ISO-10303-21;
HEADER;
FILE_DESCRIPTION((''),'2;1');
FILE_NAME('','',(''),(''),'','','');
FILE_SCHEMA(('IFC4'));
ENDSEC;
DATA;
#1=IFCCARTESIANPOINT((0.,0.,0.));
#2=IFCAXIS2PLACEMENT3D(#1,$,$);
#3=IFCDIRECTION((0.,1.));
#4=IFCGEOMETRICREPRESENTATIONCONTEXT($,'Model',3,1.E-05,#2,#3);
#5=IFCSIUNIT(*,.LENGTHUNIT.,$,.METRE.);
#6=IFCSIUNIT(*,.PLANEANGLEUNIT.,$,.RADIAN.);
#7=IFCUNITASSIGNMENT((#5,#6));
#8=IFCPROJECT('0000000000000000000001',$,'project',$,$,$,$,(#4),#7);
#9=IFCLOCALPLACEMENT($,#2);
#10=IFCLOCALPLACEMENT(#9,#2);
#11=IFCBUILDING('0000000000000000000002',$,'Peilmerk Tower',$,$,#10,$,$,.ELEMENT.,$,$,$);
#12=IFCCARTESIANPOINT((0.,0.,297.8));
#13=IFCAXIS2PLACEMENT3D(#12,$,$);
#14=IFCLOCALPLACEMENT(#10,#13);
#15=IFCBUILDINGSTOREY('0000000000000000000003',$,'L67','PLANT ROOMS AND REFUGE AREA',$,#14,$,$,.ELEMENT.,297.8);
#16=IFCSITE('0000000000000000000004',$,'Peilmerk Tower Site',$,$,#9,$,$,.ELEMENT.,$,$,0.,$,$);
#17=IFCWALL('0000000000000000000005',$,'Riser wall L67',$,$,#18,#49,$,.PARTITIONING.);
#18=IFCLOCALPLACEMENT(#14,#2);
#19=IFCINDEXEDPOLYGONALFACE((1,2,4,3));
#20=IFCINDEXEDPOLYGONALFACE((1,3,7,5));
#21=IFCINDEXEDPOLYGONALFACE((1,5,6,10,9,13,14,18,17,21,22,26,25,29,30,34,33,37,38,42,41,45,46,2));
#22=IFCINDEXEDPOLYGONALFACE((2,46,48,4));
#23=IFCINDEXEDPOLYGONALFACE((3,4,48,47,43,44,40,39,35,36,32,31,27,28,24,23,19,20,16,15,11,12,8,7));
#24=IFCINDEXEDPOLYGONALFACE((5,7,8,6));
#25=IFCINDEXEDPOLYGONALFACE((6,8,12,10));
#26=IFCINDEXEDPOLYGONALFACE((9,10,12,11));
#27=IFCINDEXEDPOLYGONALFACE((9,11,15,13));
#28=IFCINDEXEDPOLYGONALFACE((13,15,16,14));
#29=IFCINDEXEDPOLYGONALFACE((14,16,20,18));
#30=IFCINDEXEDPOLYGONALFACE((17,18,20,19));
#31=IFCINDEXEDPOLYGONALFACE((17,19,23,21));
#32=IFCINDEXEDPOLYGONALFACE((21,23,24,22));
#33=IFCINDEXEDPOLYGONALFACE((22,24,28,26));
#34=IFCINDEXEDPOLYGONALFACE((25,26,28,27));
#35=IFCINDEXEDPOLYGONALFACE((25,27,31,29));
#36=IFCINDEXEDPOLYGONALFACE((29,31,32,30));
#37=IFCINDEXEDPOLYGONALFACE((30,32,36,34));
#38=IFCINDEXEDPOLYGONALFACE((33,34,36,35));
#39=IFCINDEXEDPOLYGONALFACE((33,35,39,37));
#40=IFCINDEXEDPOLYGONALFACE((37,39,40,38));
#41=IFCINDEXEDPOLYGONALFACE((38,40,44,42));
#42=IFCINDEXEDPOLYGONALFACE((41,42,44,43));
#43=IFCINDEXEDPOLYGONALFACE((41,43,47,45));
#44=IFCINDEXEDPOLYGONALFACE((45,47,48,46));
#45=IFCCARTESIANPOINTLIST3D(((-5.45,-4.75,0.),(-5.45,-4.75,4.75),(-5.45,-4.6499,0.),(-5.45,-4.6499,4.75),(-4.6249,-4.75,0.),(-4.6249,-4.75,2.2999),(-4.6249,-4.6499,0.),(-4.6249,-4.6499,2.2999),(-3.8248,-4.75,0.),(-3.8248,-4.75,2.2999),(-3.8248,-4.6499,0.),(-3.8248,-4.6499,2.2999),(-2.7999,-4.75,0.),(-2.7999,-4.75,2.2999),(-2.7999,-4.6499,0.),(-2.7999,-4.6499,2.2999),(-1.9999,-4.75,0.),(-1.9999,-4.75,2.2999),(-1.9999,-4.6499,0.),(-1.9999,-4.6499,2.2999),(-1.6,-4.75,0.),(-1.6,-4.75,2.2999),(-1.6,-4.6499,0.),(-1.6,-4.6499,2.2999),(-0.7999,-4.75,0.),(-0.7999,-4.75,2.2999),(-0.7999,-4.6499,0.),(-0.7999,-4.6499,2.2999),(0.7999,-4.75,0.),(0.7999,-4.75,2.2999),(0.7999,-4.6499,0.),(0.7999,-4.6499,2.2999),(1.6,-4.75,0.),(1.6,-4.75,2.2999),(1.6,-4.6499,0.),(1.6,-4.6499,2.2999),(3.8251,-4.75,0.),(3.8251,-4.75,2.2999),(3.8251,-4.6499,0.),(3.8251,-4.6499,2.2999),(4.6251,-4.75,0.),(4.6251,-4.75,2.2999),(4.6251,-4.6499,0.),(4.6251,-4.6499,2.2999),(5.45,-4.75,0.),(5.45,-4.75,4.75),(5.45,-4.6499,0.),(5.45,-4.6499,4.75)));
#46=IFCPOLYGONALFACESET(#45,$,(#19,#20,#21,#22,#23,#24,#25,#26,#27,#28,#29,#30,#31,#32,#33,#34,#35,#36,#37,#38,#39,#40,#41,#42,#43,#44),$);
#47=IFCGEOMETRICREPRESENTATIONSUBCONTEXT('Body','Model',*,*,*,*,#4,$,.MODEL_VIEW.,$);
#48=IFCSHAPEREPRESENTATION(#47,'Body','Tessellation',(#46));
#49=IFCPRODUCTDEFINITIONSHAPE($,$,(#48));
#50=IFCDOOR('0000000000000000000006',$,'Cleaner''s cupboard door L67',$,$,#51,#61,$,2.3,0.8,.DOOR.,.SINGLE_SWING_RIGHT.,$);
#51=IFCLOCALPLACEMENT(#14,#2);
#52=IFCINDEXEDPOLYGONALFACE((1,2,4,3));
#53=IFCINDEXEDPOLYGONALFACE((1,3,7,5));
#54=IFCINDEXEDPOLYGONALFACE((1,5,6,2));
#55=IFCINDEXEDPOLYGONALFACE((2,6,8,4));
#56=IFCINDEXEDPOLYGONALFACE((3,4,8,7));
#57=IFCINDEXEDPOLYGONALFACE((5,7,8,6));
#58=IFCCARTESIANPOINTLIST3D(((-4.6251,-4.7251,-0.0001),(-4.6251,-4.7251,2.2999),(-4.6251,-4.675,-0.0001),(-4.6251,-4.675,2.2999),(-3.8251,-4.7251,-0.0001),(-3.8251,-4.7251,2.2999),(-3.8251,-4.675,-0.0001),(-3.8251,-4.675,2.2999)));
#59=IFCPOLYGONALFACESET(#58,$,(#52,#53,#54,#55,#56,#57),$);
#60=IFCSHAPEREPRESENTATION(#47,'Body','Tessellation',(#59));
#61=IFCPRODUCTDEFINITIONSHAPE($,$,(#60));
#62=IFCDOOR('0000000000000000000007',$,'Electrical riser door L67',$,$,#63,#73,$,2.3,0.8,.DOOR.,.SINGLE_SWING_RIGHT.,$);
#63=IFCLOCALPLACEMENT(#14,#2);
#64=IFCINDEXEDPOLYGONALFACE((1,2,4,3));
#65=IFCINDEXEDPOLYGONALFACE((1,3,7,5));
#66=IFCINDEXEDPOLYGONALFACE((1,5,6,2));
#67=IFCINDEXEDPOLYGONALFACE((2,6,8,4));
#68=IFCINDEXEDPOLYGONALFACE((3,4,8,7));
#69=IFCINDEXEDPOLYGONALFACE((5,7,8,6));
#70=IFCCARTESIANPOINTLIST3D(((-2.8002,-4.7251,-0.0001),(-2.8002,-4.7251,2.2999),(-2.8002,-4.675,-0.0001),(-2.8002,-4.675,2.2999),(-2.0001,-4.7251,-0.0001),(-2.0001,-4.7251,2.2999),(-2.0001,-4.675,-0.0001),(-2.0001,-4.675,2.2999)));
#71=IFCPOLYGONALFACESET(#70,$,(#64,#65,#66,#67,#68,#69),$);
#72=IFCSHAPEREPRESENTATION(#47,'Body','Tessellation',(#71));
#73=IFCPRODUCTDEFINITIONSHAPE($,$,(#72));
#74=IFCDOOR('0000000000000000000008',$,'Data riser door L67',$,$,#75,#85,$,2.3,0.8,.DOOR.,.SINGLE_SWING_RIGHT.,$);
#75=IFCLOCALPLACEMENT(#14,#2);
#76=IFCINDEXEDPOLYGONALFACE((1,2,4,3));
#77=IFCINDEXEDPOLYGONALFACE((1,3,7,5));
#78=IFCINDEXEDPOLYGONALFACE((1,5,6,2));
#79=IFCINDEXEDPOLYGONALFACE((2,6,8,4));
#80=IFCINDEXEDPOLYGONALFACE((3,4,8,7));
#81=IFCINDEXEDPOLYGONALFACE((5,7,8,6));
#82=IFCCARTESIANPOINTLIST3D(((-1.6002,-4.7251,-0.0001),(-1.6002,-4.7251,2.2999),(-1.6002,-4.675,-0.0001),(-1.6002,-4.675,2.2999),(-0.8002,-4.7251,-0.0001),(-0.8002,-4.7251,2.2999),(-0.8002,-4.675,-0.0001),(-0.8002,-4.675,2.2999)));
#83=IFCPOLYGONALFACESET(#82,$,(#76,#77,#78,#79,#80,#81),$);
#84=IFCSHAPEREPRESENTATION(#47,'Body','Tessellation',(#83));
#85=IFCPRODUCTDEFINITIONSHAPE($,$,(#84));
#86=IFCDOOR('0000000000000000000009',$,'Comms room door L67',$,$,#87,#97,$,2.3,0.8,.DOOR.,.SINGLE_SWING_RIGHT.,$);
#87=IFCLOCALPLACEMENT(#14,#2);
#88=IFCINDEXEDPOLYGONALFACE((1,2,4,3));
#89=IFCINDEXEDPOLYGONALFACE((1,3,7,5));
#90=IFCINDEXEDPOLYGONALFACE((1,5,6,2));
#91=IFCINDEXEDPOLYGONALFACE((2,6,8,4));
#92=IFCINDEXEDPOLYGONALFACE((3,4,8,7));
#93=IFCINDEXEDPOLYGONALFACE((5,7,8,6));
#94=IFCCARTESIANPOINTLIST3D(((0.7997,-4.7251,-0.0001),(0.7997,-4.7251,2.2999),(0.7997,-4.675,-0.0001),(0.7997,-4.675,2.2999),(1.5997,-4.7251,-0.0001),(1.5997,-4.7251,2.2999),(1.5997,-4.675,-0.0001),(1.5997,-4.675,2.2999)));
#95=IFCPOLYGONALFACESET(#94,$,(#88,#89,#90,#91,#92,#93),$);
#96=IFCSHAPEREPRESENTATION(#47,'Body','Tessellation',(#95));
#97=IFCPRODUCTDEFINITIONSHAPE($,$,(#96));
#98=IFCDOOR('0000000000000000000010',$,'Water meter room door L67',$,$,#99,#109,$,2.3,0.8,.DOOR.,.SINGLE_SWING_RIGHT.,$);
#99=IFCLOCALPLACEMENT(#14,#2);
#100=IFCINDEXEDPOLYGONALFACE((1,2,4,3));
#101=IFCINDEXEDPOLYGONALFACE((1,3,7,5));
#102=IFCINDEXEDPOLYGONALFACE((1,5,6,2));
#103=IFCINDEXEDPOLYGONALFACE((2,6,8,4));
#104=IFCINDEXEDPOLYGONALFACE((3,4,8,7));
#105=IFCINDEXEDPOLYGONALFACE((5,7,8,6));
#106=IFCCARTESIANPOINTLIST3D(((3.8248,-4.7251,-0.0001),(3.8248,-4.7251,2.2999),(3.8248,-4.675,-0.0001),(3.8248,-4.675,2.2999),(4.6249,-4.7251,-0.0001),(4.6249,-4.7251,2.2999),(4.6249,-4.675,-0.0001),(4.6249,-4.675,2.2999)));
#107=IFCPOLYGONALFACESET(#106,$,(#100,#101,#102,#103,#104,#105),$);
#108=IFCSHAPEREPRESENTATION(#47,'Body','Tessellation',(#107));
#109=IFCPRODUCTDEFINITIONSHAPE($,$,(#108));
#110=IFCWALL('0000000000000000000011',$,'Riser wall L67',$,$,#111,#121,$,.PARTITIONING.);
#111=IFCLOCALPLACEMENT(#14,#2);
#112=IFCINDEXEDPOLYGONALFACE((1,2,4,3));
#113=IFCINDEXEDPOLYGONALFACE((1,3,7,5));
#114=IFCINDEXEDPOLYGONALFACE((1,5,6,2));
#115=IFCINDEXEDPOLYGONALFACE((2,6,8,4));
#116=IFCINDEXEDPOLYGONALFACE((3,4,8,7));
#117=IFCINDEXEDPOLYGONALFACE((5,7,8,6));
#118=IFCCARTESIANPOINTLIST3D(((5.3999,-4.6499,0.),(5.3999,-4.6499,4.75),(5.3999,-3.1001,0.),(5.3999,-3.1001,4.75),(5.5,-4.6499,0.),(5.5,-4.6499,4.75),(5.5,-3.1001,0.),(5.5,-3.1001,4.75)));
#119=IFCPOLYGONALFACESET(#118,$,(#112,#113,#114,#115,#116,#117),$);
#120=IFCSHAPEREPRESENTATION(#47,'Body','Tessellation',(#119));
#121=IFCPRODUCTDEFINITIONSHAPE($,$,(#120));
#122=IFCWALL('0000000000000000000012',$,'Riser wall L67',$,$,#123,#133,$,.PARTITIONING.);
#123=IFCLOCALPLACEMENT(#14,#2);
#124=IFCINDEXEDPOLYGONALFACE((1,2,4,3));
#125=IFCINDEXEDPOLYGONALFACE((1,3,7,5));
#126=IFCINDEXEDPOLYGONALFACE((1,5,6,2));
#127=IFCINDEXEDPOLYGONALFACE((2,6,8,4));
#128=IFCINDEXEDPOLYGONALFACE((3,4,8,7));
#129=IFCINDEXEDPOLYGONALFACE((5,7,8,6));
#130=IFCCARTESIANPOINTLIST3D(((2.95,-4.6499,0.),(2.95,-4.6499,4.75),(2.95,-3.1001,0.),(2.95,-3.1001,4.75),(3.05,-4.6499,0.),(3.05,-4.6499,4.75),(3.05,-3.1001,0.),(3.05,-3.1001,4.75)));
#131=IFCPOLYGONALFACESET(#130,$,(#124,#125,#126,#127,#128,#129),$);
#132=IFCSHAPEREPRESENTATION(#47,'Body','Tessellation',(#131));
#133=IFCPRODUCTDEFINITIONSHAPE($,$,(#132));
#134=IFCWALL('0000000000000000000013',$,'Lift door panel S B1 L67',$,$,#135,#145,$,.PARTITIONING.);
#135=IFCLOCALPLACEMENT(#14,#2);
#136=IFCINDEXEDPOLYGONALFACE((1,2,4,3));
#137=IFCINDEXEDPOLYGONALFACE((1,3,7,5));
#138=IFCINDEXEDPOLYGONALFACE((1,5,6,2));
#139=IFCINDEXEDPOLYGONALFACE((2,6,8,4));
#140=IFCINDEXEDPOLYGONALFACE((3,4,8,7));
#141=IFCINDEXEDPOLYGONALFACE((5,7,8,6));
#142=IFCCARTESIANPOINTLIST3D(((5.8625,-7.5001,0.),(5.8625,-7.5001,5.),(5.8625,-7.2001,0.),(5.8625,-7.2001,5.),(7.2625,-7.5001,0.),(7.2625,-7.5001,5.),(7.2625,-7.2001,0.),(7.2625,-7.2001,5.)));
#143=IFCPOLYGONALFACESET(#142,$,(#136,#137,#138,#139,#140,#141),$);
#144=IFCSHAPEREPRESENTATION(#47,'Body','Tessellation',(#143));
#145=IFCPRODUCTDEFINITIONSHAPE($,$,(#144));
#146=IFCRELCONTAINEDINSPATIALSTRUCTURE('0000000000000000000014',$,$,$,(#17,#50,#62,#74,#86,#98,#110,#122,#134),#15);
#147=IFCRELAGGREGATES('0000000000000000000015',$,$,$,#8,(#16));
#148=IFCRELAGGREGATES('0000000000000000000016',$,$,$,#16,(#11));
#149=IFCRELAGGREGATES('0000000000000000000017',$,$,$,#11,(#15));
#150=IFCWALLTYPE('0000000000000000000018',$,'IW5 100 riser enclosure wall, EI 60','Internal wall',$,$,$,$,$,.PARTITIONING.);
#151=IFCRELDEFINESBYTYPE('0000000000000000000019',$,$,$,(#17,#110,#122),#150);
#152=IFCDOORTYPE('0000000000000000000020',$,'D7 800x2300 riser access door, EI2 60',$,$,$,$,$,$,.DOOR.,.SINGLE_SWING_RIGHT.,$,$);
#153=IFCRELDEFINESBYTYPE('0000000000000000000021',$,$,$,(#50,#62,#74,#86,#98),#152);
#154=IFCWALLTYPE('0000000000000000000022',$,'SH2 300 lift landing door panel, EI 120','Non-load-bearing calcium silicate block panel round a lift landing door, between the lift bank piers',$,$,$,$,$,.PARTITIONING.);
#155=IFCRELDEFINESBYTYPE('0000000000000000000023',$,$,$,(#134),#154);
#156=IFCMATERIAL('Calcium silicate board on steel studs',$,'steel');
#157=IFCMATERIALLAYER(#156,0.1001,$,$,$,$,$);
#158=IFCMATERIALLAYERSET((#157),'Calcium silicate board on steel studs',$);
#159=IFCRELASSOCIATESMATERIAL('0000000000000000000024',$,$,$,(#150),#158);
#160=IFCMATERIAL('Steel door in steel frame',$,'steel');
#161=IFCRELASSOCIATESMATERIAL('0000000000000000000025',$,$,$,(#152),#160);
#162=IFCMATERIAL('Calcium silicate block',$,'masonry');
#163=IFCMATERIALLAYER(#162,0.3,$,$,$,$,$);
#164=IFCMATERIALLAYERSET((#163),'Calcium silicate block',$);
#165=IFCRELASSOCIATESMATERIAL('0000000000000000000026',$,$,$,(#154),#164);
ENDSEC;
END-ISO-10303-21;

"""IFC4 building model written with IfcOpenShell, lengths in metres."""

from ifc_helpers import new_model, si_unit, direction, frame, frame_2d, origin, place, context, subcontext, project, spatial, rectangle, extrude, material, layer, layer_set, type_object, element, fill, save


model = new_model("IFC4")

# Units and contexts
model_context = context("Model", 3, precision=1e-05, world=origin(), true_north=direction((0.0, 1.0)))
body_context = subcontext(model_context, "Body", "Model", "MODEL_VIEW")
ifc_project = project(units=[si_unit("LENGTHUNIT", "METRE"), si_unit("PLANEANGLEUNIT", "RADIAN")], contexts=[model_context])

# Site, building, storey
site_placement = place(None, origin())
site = spatial("IfcSite", under=ifc_project, at=site_placement, Name="Peilmerk Tower Site", CompositionType="ELEMENT", RefElevation=0.0)
building_placement = place(site_placement, origin())
building = spatial("IfcBuilding", under=site, at=building_placement, Name="Peilmerk Tower", CompositionType="ELEMENT")
storey_placement = place(building_placement, frame((0.0, 0.0, 297.8)))
storey = spatial("IfcBuildingStorey", under=building, at=storey_placement, Name="L67", Description="PLANT ROOMS AND REFUGE AREA", CompositionType="ELEMENT", Elevation=297.8)

# Shared definitions
ifc_material_1 = material(Name="Steel door in steel frame", Category="steel")

# Shared definitions
ifc_material_2 = material(Name="Calcium silicate board on steel studs", Category="steel")
ifc_layer_1 = layer(ifc_material_2, 0.1001)
ifc_layer_set_1 = layer_set([ifc_layer_1], Name="Calcium silicate board on steel studs")
wall_type_1 = type_object("IfcWallType", Name="IW5 100 riser enclosure wall, EI 60", Description="Internal wall", PredefinedType="PARTITIONING", material=ifc_layer_set_1)

# Wall, openings, doors
wall_1_placement = place(storey_placement, frame((5.45, -4.7, 0.0), z_axis=(0.0, 0.0, 1.0), x_axis=(-1.0, 0.0, 0.0)))
wall_1 = element("IfcWall", 1, at=wall_1_placement, inside=storey, type_object=wall_type_1, Name="Riser wall L67", PredefinedType="PARTITIONING", context=body_context, shape_type="SweptSolid", body=[
    extrude(rectangle(XDim=10.8999, YDim=0.1001, at=frame_2d((5.45, 0.0))), origin(), (0.0, 0.0, 1.0), 4.75),
])
opening_1_placement = place(wall_1_placement, frame((9.2749, 0.0, 0.0)))
opening_1 = element("IfcOpeningElement", 2, at=opening_1_placement, cuts=wall_1, PredefinedType="OPENING", context=body_context, shape_type="SweptSolid", body=[
    extrude(rectangle(XDim=0.8, YDim=2.3, at=frame_2d((0.3999, 1.1499))), frame((0.0, 0.0601, 0.0), z_axis=(0.0, -1.0, 0.0), x_axis=(1.0, 0.0, 0.0)), (0.0, 0.0, 1.0), 0.1201),
])
opening_2_placement = place(wall_1_placement, frame((7.45, 0.0, 0.0)))
opening_2 = element("IfcOpeningElement", 3, at=opening_2_placement, cuts=wall_1, PredefinedType="OPENING", context=body_context, shape_type="SweptSolid", body=[
    extrude(rectangle(XDim=0.8, YDim=2.3, at=frame_2d((0.3999, 1.1499))), frame((0.0, 0.0601, 0.0), z_axis=(0.0, -1.0, 0.0), x_axis=(1.0, 0.0, 0.0)), (0.0, 0.0, 1.0), 0.1201),
])
opening_3_placement = place(wall_1_placement, frame((6.25, 0.0, 0.0)))
opening_3 = element("IfcOpeningElement", 4, at=opening_3_placement, cuts=wall_1, PredefinedType="OPENING", context=body_context, shape_type="SweptSolid", body=[
    extrude(rectangle(XDim=0.8, YDim=2.3, at=frame_2d((0.3999, 1.1499))), frame((0.0, 0.0601, 0.0), z_axis=(0.0, -1.0, 0.0), x_axis=(1.0, 0.0, 0.0)), (0.0, 0.0, 1.0), 0.1201),
])
opening_4_placement = place(wall_1_placement, frame((3.8501, 0.0, 0.0)))
opening_4 = element("IfcOpeningElement", 5, at=opening_4_placement, cuts=wall_1, PredefinedType="OPENING", context=body_context, shape_type="SweptSolid", body=[
    extrude(rectangle(XDim=0.8, YDim=2.3, at=frame_2d((0.3999, 1.1499))), frame((0.0, 0.0601, 0.0), z_axis=(0.0, -1.0, 0.0), x_axis=(1.0, 0.0, 0.0)), (0.0, 0.0, 1.0), 0.1201),
])
opening_5_placement = place(wall_1_placement, frame((0.825, 0.0, 0.0)))
opening_5 = element("IfcOpeningElement", 6, at=opening_5_placement, cuts=wall_1, PredefinedType="OPENING", context=body_context, shape_type="SweptSolid", body=[
    extrude(rectangle(XDim=0.8, YDim=2.3, at=frame_2d((0.3999, 1.1499))), frame((0.0, 0.0601, 0.0), z_axis=(0.0, -1.0, 0.0), x_axis=(1.0, 0.0, 0.0)), (0.0, 0.0, 1.0), 0.1201),
])
door_type_1 = type_object("IfcDoorType", Name="D7 800x2300 riser access door, EI2 60", OperationType="SINGLE_SWING_RIGHT", PredefinedType="DOOR", material=ifc_material_1)
door_1_placement = place(opening_1_placement, frame((0.8, 0.0, 0.0), z_axis=(0.0, 0.0, 1.0), x_axis=(-1.0, 0.0, 0.0)))
door_1 = element("IfcDoor", 7, at=door_1_placement, inside=storey, type_object=door_type_1, Name="Cleaner's cupboard door L67", OperationType="SINGLE_SWING_RIGHT", OverallHeight=2.3, OverallWidth=0.8, PredefinedType="DOOR", context=body_context, shape_type="SweptSolid", body=[
    extrude(rectangle(XDim=0.8, YDim=2.3, at=frame_2d((0.3999, 1.1499))), frame((0.0, 0.0249, 0.0), z_axis=(0.0, -1.0, 0.0), x_axis=(1.0, 0.0, 0.0)), (0.0, 0.0, 1.0), 0.05),
])
fill(opening_1, door_1)
door_2_placement = place(opening_2_placement, frame((0.8, 0.0, 0.0), z_axis=(0.0, 0.0, 1.0), x_axis=(-1.0, 0.0, 0.0)))
door_2 = element("IfcDoor", 8, at=door_2_placement, inside=storey, type_object=door_type_1, Name="Electrical riser door L67", OperationType="SINGLE_SWING_RIGHT", OverallHeight=2.3, OverallWidth=0.8, PredefinedType="DOOR", context=body_context, shape_type="SweptSolid", body=[
    extrude(rectangle(XDim=0.8, YDim=2.3, at=frame_2d((0.3999, 1.1499))), frame((0.0, 0.0249, 0.0), z_axis=(0.0, -1.0, 0.0), x_axis=(1.0, 0.0, 0.0)), (0.0, 0.0, 1.0), 0.05),
])
fill(opening_2, door_2)
door_3_placement = place(opening_3_placement, frame((0.8, 0.0, 0.0), z_axis=(0.0, 0.0, 1.0), x_axis=(-1.0, 0.0, 0.0)))
door_3 = element("IfcDoor", 9, at=door_3_placement, inside=storey, type_object=door_type_1, Name="Data riser door L67", OperationType="SINGLE_SWING_RIGHT", OverallHeight=2.3, OverallWidth=0.8, PredefinedType="DOOR", context=body_context, shape_type="SweptSolid", body=[
    extrude(rectangle(XDim=0.8, YDim=2.3, at=frame_2d((0.3999, 1.1499))), frame((0.0, 0.0249, 0.0), z_axis=(0.0, -1.0, 0.0), x_axis=(1.0, 0.0, 0.0)), (0.0, 0.0, 1.0), 0.05),
])
fill(opening_3, door_3)
door_4_placement = place(opening_4_placement, frame((0.8, 0.0, 0.0), z_axis=(0.0, 0.0, 1.0), x_axis=(-1.0, 0.0, 0.0)))
door_4 = element("IfcDoor", 10, at=door_4_placement, inside=storey, type_object=door_type_1, Name="Comms room door L67", OperationType="SINGLE_SWING_RIGHT", OverallHeight=2.3, OverallWidth=0.8, PredefinedType="DOOR", context=body_context, shape_type="SweptSolid", body=[
    extrude(rectangle(XDim=0.8, YDim=2.3, at=frame_2d((0.3999, 1.1499))), frame((0.0, 0.0249, 0.0), z_axis=(0.0, -1.0, 0.0), x_axis=(1.0, 0.0, 0.0)), (0.0, 0.0, 1.0), 0.05),
])
fill(opening_4, door_4)
door_5_placement = place(opening_5_placement, frame((0.8, 0.0, 0.0), z_axis=(0.0, 0.0, 1.0), x_axis=(-1.0, 0.0, 0.0)))
door_5 = element("IfcDoor", 11, at=door_5_placement, inside=storey, type_object=door_type_1, Name="Water meter room door L67", OperationType="SINGLE_SWING_RIGHT", OverallHeight=2.3, OverallWidth=0.8, PredefinedType="DOOR", context=body_context, shape_type="SweptSolid", body=[
    extrude(rectangle(XDim=0.8, YDim=2.3, at=frame_2d((0.3999, 1.1499))), frame((0.0, 0.0249, 0.0), z_axis=(0.0, -1.0, 0.0), x_axis=(1.0, 0.0, 0.0)), (0.0, 0.0, 1.0), 0.05),
])
fill(opening_5, door_5)

# Walls
for number, where, z_axis, x_axis, name in (
    (12, (5.45, -3.1001, 0.0), (0.0, 0.0, 1.0), (0.0, -1.0, 0.0), "Riser wall L67"),
    (13, (3.0, -3.1001, 0.0), (0.0, 0.0, 1.0), (0.0, -1.0, 0.0), "Riser wall L67"),
):
    element("IfcWall", number, at=place(storey_placement, frame(where, z_axis=z_axis, x_axis=x_axis)), inside=storey, type_object=wall_type_1, Name=name, PredefinedType="PARTITIONING", context=body_context, shape_type="SweptSolid", body=[
        extrude(rectangle(XDim=1.5498, YDim=0.1001, at=frame_2d((0.7749, 0.0))), origin(), (0.0, 0.0, 1.0), 4.75),
    ])
ifc_material_3 = material(Name="Calcium silicate block", Category="masonry")
ifc_layer_2 = layer(ifc_material_3, 0.3)
ifc_layer_set_2 = layer_set([ifc_layer_2], Name="Calcium silicate block")
wall_type_2 = type_object("IfcWallType", Name="SH2 300 lift landing door panel, EI 120", Description="Non-load-bearing calcium silicate block panel round a lift landing door, between the lift bank piers", PredefinedType="PARTITIONING", material=ifc_layer_set_2)
wall_2_placement = place(storey_placement, frame((5.8625, -7.3501, 0.0), z_axis=(0.0, 0.0, 1.0), x_axis=(1.0, 0.0, 0.0)))
element("IfcWall", 14, at=wall_2_placement, inside=storey, type_object=wall_type_2, Name="Lift door panel S B1 L67", PredefinedType="PARTITIONING", context=body_context, shape_type="SweptSolid", body=[
    extrude(rectangle(XDim=1.3999, YDim=0.3, at=frame_2d((0.7, 0.0))), origin(), (0.0, 0.0, 1.0), 5.0),
])

save(model, "model.ifc")
